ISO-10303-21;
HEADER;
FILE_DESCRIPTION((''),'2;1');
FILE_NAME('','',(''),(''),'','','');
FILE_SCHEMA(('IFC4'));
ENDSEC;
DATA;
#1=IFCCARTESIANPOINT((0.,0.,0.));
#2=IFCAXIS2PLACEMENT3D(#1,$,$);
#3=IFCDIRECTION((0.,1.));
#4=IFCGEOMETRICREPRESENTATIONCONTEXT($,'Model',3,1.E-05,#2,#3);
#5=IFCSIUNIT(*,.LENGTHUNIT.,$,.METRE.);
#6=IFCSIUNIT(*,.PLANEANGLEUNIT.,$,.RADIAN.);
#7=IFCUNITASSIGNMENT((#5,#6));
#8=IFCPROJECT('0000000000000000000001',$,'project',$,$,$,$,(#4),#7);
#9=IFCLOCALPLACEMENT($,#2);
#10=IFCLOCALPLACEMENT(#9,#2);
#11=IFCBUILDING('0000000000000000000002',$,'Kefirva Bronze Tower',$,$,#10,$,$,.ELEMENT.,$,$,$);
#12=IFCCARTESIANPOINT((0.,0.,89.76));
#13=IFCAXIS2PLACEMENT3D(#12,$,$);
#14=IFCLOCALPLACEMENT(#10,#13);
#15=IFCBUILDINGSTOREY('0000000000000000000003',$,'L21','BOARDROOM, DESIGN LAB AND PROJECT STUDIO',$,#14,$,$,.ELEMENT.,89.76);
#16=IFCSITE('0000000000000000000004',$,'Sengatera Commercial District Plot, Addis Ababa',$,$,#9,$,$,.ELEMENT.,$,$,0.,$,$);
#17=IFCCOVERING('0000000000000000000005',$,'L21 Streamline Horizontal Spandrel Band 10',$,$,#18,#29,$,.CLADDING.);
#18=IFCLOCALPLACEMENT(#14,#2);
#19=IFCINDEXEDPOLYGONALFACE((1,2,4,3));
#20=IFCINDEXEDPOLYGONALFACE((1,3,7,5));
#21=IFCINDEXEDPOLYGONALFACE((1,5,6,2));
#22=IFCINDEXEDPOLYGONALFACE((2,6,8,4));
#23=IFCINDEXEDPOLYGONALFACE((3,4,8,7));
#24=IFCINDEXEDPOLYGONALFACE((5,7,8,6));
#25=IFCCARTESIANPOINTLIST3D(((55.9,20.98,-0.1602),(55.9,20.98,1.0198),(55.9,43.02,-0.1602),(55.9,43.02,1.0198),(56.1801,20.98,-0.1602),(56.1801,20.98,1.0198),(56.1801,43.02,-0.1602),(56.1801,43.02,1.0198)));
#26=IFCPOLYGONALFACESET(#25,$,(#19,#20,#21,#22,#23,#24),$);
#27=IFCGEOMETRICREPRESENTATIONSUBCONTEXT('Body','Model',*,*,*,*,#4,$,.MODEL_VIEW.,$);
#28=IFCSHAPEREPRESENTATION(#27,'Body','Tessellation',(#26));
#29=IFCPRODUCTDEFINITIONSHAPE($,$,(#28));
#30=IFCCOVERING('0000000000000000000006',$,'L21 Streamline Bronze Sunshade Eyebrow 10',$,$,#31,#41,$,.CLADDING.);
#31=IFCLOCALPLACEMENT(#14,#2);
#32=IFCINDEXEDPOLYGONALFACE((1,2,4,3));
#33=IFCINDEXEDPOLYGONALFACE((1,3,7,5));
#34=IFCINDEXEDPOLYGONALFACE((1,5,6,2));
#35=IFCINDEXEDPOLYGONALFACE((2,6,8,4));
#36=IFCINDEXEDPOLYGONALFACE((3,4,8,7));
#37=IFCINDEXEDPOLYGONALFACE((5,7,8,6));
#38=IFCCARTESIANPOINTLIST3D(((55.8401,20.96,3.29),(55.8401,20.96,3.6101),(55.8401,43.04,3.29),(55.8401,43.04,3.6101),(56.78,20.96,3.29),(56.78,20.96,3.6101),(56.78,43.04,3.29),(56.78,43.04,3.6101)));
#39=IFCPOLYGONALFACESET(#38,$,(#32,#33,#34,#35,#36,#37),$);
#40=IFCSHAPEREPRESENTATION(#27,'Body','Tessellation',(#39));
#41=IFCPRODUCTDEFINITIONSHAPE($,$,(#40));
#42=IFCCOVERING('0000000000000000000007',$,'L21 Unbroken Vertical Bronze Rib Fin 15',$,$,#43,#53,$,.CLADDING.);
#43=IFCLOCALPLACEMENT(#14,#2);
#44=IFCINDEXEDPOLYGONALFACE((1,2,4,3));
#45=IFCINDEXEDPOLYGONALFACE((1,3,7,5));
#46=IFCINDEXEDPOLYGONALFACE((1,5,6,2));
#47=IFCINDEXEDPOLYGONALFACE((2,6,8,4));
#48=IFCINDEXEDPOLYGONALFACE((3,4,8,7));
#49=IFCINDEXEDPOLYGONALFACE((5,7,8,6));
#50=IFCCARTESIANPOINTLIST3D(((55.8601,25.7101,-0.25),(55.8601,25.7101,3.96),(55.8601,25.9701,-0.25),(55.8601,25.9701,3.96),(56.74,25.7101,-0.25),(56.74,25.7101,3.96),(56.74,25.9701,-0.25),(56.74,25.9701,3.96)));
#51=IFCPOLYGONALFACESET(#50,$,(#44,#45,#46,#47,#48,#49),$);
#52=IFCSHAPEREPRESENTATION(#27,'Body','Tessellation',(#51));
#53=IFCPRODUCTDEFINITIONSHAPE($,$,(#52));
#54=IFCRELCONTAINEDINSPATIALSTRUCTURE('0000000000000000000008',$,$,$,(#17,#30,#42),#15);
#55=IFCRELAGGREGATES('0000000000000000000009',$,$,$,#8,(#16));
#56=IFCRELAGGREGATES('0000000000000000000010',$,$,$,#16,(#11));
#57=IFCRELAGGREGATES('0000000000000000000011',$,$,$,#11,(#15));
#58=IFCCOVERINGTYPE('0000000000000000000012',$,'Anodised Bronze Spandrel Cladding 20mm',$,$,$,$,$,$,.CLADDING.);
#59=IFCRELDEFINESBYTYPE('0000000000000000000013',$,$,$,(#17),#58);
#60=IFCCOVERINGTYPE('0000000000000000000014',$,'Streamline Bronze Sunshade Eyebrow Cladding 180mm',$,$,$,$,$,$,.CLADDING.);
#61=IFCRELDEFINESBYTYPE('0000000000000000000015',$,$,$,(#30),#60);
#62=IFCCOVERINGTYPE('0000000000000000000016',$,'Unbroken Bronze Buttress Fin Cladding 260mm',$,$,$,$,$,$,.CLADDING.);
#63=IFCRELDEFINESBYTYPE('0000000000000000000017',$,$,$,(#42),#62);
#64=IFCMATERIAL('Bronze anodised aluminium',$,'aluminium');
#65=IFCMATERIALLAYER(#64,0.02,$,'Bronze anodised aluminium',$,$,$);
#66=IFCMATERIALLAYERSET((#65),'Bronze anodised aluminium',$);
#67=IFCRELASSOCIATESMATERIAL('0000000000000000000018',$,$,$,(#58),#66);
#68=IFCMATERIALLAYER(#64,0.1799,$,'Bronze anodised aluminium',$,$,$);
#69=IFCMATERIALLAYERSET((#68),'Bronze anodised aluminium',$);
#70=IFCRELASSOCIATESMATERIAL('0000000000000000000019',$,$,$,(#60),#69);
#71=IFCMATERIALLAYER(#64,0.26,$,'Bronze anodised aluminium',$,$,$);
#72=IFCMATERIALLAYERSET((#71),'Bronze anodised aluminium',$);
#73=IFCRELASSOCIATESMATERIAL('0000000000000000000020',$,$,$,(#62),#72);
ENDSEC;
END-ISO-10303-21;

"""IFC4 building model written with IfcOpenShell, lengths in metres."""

from ifc_helpers import new_model, si_unit, direction, frame, origin, origin_2d, place, context, subcontext, project, spatial, rectangle, extrude, material, layer, layer_set, type_object, element, save


model = new_model("IFC4")

# Units and contexts
model_context = context("Model", 3, precision=1e-05, world=origin(), true_north=direction((0.0, 1.0)))
body_context = subcontext(model_context, "Body", "Model", "MODEL_VIEW")
ifc_project = project(units=[si_unit("LENGTHUNIT", "METRE"), si_unit("PLANEANGLEUNIT", "RADIAN")], contexts=[model_context])

# Site, building, storey
site_placement = place(None, origin())
site = spatial("IfcSite", under=ifc_project, at=site_placement, Name="Sengatera Commercial District Plot, Addis Ababa", CompositionType="ELEMENT", RefElevation=0.0)
building_placement = place(site_placement, origin())
building = spatial("IfcBuilding", under=site, at=building_placement, Name="Kefirva Bronze Tower", CompositionType="ELEMENT")
storey_placement = place(building_placement, frame((0.0, 0.0, 89.76)))
storey = spatial("IfcBuildingStorey", under=building, at=storey_placement, Name="L21", Description="BOARDROOM, DESIGN LAB AND PROJECT STUDIO", CompositionType="ELEMENT", Elevation=89.76)

# Shared definitions
ifc_material_1 = material(Name="Bronze anodised aluminium", Category="aluminium")

# Coverings
ifc_layer_1 = layer(ifc_material_1, 0.02, Name="Bronze anodised aluminium")
ifc_layer_set_1 = layer_set([ifc_layer_1], Name="Bronze anodised aluminium")
covering_type_1 = type_object("IfcCoveringType", Name="Anodised Bronze Spandrel Cladding 20mm", PredefinedType="CLADDING", material=ifc_layer_set_1)
covering_1_placement = place(storey_placement, frame((56.04, 32.0, -0.1602), z_axis=(0.0, 0.0, 1.0), x_axis=(0.0, 1.0, 0.0)))
element("IfcCovering", 1, at=covering_1_placement, inside=storey, type_object=covering_type_1, Name="L21 Streamline Horizontal Spandrel Band 10", PredefinedType="CLADDING", context=body_context, shape_type="SweptSolid", body=[
    extrude(rectangle(XDim=22.04, YDim=0.28, at=origin_2d()), origin(), (0.0, 0.0, 1.0), 1.1799),
])
ifc_layer_2 = layer(ifc_material_1, 0.1799, Name="Bronze anodised aluminium")
ifc_layer_set_2 = layer_set([ifc_layer_2], Name="Bronze anodised aluminium")
covering_type_2 = type_object("IfcCoveringType", Name="Streamline Bronze Sunshade Eyebrow Cladding 180mm", PredefinedType="CLADDING", material=ifc_layer_set_2)
covering_2_placement = place(storey_placement, frame((56.3101, 32.0, 3.29), z_axis=(0.0, 0.0, 1.0), x_axis=(0.0, 1.0, 0.0)))
element("IfcCovering", 2, at=covering_2_placement, inside=storey, type_object=covering_type_2, Name="L21 Streamline Bronze Sunshade Eyebrow 10", PredefinedType="CLADDING", context=body_context, shape_type="SweptSolid", body=[
    extrude(rectangle(XDim=22.0801, YDim=0.9399, at=origin_2d()), origin(), (0.0, 0.0, 1.0), 0.3201),
])
ifc_layer_3 = layer(ifc_material_1, 0.26, Name="Bronze anodised aluminium")
ifc_layer_set_3 = layer_set([ifc_layer_3], Name="Bronze anodised aluminium")
covering_type_3 = type_object("IfcCoveringType", Name="Unbroken Bronze Buttress Fin Cladding 260mm", PredefinedType="CLADDING", material=ifc_layer_set_3)
covering_3_placement = place(storey_placement, frame((56.3, 25.8401, -0.25), z_axis=(0.0, 0.0, 1.0), x_axis=(0.0, 1.0, 0.0)))
element("IfcCovering", 3, at=covering_3_placement, inside=storey, type_object=covering_type_3, Name="L21 Unbroken Vertical Bronze Rib Fin 15", PredefinedType="CLADDING", context=body_context, shape_type="SweptSolid", body=[
    extrude(rectangle(XDim=0.26, YDim=0.8799, at=origin_2d()), origin(), (0.0, 0.0, 1.0), 4.21),
])

save(model, "model.ifc")
